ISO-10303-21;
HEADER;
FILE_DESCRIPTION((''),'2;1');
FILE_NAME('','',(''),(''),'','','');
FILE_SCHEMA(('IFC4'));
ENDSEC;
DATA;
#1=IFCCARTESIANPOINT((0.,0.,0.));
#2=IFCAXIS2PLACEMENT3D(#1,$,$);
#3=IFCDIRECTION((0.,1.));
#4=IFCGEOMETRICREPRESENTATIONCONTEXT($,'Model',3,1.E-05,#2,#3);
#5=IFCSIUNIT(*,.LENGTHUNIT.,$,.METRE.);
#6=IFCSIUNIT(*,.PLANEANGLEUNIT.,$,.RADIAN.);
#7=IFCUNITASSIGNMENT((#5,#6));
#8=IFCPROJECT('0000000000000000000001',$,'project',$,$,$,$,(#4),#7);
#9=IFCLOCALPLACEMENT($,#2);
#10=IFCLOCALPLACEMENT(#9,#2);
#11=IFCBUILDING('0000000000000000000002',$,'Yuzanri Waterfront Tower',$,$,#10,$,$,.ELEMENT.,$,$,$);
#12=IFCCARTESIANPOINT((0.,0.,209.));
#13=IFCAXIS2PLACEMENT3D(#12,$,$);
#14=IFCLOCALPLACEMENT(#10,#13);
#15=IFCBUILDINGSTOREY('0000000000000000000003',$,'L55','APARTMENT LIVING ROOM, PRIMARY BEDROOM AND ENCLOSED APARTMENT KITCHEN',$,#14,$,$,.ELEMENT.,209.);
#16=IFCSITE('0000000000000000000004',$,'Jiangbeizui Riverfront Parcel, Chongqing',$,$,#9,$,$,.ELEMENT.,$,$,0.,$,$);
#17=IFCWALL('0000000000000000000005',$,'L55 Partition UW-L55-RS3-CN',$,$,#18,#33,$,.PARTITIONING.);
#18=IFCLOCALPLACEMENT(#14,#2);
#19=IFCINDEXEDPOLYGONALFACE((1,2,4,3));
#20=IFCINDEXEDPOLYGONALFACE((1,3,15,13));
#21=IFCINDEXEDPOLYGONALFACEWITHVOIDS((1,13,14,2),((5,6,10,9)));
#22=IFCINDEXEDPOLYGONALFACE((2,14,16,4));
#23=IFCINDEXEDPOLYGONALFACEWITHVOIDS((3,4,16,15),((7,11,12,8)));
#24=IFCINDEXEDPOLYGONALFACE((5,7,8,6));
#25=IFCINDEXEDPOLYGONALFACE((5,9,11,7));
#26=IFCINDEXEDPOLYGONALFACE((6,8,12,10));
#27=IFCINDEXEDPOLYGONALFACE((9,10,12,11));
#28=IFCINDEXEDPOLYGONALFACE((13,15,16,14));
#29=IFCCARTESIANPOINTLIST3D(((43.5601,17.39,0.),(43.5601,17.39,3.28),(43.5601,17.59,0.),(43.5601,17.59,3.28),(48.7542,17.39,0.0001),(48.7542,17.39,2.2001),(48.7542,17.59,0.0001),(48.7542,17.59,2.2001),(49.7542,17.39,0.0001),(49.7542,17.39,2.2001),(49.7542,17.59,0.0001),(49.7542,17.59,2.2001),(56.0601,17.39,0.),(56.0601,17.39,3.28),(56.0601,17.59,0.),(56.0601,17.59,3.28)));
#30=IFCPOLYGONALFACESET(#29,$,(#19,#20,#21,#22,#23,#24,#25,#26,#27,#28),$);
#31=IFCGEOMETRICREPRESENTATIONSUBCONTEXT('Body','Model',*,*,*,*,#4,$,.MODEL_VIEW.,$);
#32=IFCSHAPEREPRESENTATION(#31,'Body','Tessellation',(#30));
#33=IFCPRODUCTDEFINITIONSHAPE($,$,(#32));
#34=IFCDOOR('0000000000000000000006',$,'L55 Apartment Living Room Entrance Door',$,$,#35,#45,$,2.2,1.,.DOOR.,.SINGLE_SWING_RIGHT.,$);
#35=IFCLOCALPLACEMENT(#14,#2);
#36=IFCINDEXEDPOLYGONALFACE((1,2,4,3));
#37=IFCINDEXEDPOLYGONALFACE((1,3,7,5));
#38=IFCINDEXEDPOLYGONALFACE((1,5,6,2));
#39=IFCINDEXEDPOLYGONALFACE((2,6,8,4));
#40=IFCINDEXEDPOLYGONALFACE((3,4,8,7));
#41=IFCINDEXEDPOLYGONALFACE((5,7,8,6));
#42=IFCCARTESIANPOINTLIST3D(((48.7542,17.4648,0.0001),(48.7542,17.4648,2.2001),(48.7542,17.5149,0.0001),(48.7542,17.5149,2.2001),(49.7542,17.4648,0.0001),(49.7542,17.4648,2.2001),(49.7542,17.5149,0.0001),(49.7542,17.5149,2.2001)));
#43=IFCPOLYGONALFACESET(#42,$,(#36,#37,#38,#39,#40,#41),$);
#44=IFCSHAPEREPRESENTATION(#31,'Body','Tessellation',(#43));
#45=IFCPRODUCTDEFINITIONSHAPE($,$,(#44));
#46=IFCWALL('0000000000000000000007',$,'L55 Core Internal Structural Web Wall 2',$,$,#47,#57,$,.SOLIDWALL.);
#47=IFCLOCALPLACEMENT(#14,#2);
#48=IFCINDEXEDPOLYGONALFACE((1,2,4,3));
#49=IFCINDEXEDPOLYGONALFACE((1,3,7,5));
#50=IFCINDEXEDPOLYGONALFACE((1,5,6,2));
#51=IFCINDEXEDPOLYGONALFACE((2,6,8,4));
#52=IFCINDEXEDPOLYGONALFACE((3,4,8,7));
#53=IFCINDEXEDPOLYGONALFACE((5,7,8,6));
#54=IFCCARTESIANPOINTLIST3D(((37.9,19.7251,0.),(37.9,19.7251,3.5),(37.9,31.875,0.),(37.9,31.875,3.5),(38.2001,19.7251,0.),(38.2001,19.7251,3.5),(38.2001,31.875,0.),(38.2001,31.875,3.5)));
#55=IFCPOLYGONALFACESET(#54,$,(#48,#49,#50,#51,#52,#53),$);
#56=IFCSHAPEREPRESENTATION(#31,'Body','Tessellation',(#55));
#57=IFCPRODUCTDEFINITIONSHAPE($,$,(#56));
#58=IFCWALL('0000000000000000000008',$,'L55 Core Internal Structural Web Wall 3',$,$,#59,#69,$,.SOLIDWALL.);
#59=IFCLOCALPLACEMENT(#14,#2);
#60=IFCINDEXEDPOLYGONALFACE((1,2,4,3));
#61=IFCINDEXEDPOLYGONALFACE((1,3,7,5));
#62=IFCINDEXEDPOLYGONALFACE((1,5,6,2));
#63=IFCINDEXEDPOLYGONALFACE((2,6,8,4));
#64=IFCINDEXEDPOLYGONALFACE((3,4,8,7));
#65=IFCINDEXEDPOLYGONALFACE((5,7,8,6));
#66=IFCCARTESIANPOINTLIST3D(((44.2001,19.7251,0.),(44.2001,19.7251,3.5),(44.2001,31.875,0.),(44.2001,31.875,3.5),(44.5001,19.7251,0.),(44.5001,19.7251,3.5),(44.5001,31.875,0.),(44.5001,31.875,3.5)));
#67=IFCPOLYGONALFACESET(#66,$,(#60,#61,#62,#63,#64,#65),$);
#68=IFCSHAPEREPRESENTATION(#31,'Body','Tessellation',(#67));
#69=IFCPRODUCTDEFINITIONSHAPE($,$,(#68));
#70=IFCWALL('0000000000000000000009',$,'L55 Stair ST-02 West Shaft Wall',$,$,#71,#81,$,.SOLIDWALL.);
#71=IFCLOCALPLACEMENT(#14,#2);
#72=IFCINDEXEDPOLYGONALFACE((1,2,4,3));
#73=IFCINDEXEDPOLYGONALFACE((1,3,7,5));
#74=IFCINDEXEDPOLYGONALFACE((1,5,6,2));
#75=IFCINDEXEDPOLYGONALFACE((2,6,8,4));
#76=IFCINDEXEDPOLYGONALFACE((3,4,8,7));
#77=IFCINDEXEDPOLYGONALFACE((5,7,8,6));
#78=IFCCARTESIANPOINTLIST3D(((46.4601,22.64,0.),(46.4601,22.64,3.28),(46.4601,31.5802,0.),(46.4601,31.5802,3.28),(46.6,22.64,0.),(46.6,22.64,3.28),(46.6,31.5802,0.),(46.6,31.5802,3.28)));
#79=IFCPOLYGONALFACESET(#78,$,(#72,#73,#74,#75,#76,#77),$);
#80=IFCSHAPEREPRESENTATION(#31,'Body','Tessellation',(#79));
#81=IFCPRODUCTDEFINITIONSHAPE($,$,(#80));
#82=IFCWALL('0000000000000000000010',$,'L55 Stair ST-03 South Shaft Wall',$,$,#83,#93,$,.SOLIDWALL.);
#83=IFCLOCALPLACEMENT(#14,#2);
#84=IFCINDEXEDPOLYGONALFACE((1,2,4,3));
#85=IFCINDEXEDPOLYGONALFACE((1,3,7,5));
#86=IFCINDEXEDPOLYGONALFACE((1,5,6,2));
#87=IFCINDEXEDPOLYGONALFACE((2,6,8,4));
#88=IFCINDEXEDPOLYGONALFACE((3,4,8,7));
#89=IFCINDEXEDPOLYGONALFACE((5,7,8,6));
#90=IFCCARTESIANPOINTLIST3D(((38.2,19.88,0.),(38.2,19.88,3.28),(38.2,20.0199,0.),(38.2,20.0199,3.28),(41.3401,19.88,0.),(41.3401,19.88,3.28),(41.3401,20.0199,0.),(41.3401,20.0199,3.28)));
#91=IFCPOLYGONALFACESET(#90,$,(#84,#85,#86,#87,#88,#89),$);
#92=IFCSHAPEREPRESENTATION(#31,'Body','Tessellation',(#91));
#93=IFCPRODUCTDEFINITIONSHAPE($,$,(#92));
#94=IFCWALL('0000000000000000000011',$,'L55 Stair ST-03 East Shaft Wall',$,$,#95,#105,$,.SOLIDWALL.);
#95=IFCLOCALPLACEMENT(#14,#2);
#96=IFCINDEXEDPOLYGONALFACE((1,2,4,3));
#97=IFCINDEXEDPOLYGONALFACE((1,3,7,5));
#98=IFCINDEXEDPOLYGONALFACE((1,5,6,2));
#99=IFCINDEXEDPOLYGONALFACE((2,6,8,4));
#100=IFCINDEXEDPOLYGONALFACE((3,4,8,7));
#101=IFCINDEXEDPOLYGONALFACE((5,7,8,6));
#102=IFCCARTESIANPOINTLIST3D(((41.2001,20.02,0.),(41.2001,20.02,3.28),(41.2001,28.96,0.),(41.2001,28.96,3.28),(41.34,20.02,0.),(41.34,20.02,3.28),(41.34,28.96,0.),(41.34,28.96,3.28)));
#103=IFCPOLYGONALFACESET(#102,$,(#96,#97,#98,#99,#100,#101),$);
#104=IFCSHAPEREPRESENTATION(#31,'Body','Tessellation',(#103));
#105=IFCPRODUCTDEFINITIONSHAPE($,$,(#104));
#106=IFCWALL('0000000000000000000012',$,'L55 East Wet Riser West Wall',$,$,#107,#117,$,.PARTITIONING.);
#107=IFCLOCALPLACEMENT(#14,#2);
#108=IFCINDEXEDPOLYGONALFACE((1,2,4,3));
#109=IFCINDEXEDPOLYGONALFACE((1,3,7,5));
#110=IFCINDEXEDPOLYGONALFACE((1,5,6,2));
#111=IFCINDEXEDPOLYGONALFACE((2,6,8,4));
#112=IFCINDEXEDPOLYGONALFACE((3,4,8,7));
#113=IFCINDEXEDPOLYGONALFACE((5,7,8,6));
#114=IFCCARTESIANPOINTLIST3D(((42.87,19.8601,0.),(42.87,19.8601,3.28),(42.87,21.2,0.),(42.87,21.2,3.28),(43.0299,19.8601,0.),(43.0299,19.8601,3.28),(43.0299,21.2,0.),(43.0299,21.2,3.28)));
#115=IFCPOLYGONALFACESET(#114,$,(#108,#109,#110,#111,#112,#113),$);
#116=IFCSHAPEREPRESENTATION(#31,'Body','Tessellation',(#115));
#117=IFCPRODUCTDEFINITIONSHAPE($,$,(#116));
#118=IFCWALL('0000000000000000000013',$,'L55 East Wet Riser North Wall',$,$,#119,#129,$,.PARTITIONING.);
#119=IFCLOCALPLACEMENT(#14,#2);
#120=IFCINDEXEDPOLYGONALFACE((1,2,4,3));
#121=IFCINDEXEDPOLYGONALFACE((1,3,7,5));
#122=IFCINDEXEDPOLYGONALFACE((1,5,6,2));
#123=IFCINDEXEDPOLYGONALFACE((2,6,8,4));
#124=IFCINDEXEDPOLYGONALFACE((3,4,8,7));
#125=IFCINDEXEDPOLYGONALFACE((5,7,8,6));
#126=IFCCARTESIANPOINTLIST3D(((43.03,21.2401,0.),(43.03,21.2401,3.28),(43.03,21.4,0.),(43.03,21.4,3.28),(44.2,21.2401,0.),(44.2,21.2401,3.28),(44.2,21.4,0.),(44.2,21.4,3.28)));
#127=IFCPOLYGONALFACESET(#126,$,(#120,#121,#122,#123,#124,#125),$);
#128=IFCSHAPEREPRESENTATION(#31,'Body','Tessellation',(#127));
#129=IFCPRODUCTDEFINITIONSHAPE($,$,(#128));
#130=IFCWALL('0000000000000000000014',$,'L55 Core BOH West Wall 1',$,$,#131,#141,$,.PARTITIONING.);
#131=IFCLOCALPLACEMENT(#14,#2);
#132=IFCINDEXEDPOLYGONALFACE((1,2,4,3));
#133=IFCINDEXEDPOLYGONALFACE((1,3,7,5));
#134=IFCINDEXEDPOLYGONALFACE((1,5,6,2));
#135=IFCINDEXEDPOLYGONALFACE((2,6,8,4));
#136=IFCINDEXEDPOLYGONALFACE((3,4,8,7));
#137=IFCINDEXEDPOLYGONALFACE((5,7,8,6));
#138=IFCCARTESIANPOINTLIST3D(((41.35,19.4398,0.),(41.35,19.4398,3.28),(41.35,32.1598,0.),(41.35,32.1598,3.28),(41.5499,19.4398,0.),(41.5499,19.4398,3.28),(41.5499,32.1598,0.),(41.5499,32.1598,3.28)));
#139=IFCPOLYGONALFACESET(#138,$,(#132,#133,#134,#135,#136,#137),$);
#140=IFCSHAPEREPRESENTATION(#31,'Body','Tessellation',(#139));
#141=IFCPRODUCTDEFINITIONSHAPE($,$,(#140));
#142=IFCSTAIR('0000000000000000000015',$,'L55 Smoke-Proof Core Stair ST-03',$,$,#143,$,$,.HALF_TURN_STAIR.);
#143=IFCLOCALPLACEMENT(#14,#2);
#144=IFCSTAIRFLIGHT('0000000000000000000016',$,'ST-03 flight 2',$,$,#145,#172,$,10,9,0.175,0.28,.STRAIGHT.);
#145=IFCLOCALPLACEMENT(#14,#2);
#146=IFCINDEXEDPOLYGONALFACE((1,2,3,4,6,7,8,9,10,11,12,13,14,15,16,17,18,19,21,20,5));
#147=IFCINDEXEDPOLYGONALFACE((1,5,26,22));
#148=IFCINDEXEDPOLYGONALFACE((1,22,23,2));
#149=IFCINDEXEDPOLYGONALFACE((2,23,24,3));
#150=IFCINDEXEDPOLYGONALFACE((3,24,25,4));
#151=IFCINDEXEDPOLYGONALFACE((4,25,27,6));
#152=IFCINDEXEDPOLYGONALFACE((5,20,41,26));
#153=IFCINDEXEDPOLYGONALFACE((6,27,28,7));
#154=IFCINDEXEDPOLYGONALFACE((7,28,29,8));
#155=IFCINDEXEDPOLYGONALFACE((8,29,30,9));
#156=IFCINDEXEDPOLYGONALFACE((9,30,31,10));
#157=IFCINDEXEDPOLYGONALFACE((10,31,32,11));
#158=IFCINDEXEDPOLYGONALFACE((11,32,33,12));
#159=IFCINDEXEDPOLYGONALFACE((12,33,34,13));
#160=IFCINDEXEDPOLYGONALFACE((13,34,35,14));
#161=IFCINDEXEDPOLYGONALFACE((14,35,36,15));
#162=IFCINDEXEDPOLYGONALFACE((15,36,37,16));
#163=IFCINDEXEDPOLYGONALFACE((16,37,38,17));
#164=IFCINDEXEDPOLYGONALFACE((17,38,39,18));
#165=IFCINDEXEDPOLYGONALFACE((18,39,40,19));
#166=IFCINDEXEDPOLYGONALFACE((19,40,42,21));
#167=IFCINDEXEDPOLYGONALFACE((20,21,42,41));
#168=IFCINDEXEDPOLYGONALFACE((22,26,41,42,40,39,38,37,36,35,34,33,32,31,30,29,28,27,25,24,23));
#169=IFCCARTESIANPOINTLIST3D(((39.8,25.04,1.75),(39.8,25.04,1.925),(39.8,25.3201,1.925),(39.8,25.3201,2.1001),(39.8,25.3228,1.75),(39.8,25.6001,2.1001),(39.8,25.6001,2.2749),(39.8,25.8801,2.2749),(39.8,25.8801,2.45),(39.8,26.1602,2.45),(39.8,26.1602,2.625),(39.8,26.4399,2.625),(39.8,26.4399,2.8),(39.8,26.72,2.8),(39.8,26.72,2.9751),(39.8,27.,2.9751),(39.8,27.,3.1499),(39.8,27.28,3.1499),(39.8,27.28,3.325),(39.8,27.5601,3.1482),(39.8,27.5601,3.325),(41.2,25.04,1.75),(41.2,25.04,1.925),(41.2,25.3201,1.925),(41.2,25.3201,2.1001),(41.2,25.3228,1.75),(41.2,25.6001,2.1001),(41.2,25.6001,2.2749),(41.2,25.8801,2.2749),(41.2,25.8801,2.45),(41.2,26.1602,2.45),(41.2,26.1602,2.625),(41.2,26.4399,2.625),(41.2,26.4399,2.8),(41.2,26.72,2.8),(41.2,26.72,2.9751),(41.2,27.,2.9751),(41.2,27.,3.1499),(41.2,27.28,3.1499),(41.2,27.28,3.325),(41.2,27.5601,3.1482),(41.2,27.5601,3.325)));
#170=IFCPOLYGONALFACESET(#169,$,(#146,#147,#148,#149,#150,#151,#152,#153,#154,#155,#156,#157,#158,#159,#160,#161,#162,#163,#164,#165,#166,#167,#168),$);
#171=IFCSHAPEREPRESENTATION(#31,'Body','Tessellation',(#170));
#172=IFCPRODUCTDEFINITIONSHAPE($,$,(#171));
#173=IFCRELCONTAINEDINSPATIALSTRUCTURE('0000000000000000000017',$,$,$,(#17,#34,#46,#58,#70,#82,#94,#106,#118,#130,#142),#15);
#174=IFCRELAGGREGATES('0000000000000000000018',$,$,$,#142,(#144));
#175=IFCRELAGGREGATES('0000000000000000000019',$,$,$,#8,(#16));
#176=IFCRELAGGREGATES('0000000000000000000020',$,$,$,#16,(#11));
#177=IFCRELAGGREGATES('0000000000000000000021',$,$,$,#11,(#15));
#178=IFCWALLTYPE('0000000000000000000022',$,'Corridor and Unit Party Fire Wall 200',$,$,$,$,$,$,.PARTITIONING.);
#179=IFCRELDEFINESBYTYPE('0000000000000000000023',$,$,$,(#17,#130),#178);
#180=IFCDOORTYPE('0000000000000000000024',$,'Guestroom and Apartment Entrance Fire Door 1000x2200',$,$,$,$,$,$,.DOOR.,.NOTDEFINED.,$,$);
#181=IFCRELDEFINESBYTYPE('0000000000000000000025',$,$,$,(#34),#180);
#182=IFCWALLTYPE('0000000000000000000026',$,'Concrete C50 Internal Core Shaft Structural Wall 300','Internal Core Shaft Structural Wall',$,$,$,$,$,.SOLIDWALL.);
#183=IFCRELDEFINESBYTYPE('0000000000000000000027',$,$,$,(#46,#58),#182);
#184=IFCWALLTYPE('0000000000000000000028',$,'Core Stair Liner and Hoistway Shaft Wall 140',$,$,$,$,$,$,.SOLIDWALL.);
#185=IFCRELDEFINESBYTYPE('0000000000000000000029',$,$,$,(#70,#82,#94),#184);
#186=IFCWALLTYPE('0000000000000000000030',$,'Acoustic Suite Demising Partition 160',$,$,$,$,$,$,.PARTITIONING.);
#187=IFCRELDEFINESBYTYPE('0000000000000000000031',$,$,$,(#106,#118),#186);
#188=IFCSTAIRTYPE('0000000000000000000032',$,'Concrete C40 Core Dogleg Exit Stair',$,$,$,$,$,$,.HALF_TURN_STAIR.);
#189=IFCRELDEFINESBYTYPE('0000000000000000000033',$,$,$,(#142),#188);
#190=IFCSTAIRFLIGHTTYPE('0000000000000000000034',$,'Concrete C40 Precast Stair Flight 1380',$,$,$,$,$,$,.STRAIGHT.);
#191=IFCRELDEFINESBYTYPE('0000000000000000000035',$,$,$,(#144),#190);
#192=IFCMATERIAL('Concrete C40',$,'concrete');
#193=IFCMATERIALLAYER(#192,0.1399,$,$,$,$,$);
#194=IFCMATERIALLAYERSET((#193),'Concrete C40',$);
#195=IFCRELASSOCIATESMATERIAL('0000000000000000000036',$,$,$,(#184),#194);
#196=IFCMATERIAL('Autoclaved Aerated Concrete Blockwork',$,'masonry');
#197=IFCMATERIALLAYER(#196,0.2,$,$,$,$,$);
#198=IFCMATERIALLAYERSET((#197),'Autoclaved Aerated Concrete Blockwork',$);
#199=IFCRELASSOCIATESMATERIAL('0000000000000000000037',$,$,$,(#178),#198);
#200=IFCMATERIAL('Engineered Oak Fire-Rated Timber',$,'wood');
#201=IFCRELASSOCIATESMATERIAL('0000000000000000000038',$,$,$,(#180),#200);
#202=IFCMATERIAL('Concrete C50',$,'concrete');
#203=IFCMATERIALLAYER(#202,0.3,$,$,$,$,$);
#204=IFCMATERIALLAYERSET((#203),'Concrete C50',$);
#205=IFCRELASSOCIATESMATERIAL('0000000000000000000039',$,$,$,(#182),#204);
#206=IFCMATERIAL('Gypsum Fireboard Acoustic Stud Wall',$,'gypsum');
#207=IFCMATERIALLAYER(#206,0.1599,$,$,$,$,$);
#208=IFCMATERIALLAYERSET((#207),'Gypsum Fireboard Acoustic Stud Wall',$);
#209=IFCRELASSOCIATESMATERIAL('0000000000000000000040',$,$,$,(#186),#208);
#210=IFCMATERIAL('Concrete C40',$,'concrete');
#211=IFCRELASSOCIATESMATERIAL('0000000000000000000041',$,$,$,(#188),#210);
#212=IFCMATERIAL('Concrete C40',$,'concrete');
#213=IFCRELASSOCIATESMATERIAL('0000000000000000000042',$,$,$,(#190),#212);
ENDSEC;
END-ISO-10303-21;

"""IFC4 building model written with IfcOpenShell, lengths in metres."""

from ifc_helpers import new_model, si_unit, direction, frame, frame_2d, origin, place, context, subcontext, project, spatial, polyline, rectangle, outline, extrude, source, transform, mapped, material, layer, layer_set, type_object, element, fill, aggregate, save


model = new_model("IFC4")

# Units and contexts
model_context = context("Model", 3, precision=1e-05, world=origin(), true_north=direction((0.0, 1.0)))
body_context = subcontext(model_context, "Body", "Model", "MODEL_VIEW")
ifc_project = project(units=[si_unit("LENGTHUNIT", "METRE"), si_unit("PLANEANGLEUNIT", "RADIAN")], contexts=[model_context])

# Site, building, storey
site_placement = place(None, origin())
site = spatial("IfcSite", under=ifc_project, at=site_placement, Name="Jiangbeizui Riverfront Parcel, Chongqing", CompositionType="ELEMENT", RefElevation=0.0)
building_placement = place(site_placement, origin())
building = spatial("IfcBuilding", under=site, at=building_placement, Name="Yuzanri Waterfront Tower", CompositionType="ELEMENT")
storey_placement = place(building_placement, frame((0.0, 0.0, 209.0)))
storey = spatial("IfcBuildingStorey", under=building, at=storey_placement, Name="L55", Description="APARTMENT LIVING ROOM, PRIMARY BEDROOM AND ENCLOSED APARTMENT KITCHEN", CompositionType="ELEMENT", Elevation=209.0)

# Wall, opening, door
ifc_material_1 = material(Name="Concrete C40", Category="concrete")
ifc_layer_1 = layer(ifc_material_1, 0.1399)
ifc_layer_set_1 = layer_set([ifc_layer_1], Name="Concrete C40")
wall_type_1 = type_object("IfcWallType", Name="Core Stair Liner and Hoistway Shaft Wall 140", PredefinedType="SOLIDWALL", material=ifc_layer_set_1)
ifc_material_2 = material(Name="Autoclaved Aerated Concrete Blockwork", Category="masonry")
ifc_layer_2 = layer(ifc_material_2, 0.2)
ifc_layer_set_2 = layer_set([ifc_layer_2], Name="Autoclaved Aerated Concrete Blockwork")
wall_type_2 = type_object("IfcWallType", Name="Corridor and Unit Party Fire Wall 200", PredefinedType="PARTITIONING", material=ifc_layer_set_2)
wall_1_placement = place(storey_placement, frame((43.5601, 17.49, 0.0), z_axis=(0.0, 0.0, 1.0), x_axis=(1.0, 0.0, 0.0)))
wall_1 = element("IfcWall", 1, at=wall_1_placement, inside=storey, type_object=wall_type_2, Name="L55 Partition UW-L55-RS3-CN", PredefinedType="PARTITIONING", context=body_context, shape_type="SweptSolid", body=[
    extrude(rectangle(XDim=12.5, YDim=0.2, at=frame_2d((6.25, 0.0))), origin(), (0.0, 0.0, 1.0), 3.28),
])
opening_1_placement = place(wall_1_placement, frame((5.1941, 0.0, 0.0)))
opening_1 = element("IfcOpeningElement", 2, at=opening_1_placement, cuts=wall_1, PredefinedType="OPENING", context=body_context, shape_type="SweptSolid", body=[
    extrude(rectangle(XDim=1.0, YDim=2.2, at=frame_2d((0.5, 1.1001))), frame((0.0, 0.1147, 0.0), z_axis=(0.0, -1.0, 0.0), x_axis=(1.0, 0.0, 0.0)), (0.0, 0.0, 1.0), 0.2297),
])
ifc_material_3 = material(Name="Engineered Oak Fire-Rated Timber", Category="wood")
door_type_1 = type_object("IfcDoorType", Name="Guestroom and Apartment Entrance Fire Door 1000x2200", OperationType="NOTDEFINED", PredefinedType="DOOR", material=ifc_material_3)
shared_shape_1 = source(origin(), body_context, "Body", "SweptSolid", [
    extrude(rectangle(XDim=1.0, YDim=2.2, at=frame_2d((0.5, 1.1001))), frame((0.0, 0.0249, 0.0), z_axis=(0.0, -1.0, 0.0), x_axis=(1.0, 0.0, 0.0)), (0.0, 0.0, 1.0), 0.05),
])
door_1_placement = place(opening_1_placement, origin())
door_1 = element("IfcDoor", 3, at=door_1_placement, inside=storey, type_object=door_type_1, Name="L55 Apartment Living Room Entrance Door", OperationType="SINGLE_SWING_RIGHT", OverallHeight=2.2, OverallWidth=1.0, PredefinedType="DOOR", context=body_context, shape_type="MappedRepresentation", body=[
    mapped(shared_shape_1, transform((0.0, 0.0, 0.0), scale=1.0)),
])
fill(opening_1, door_1)

# Walls
ifc_material_4 = material(Name="Concrete C50", Category="concrete")
ifc_layer_3 = layer(ifc_material_4, 0.3)
ifc_layer_set_3 = layer_set([ifc_layer_3], Name="Concrete C50")
wall_type_3 = type_object("IfcWallType", Name="Concrete C50 Internal Core Shaft Structural Wall 300", Description="Internal Core Shaft Structural Wall", PredefinedType="SOLIDWALL", material=ifc_layer_set_3)
shared_shape_2 = source(origin(), body_context, "Body", "SweptSolid", [
    extrude(rectangle(XDim=12.1499, YDim=0.3, at=frame_2d((6.075, 0.0))), origin(), (0.0, 0.0, 1.0), 3.5),
])
for number, where, z_axis, x_axis, name in (
    (4, (38.05, 19.7251, 0.0), (0.0, 0.0, 1.0), (0.0, 1.0, 0.0), "L55 Core Internal Structural Web Wall 2"),
    (5, (44.3501, 19.7251, 0.0), (0.0, 0.0, 1.0), (0.0, 1.0, 0.0), "L55 Core Internal Structural Web Wall 3"),
):
    element("IfcWall", number, at=place(storey_placement, frame(where, z_axis=z_axis, x_axis=x_axis)), inside=storey, type_object=wall_type_3, Name=name, PredefinedType="SOLIDWALL", context=body_context, shape_type="MappedRepresentation", body=[
        mapped(shared_shape_2, transform((0.0, 0.0, 0.0), scale=1.0)),
    ])
shared_shape_3 = source(origin(), body_context, "Body", "SweptSolid", [
    extrude(rectangle(XDim=8.9402, YDim=0.1399, at=frame_2d((4.4702, 0.0))), origin(), (0.0, 0.0, 1.0), 3.28),
])
wall_2_placement = place(storey_placement, frame((46.53, 22.6399, 0.0), z_axis=(0.0, 0.0, 1.0), x_axis=(0.0, 1.0, 0.0)))
element("IfcWall", 6, at=wall_2_placement, inside=storey, type_object=wall_type_1, Name="L55 Stair ST-02 West Shaft Wall", PredefinedType="SOLIDWALL", context=body_context, shape_type="MappedRepresentation", body=[
    mapped(shared_shape_3, transform((0.0, 0.0, 0.0), scale=1.0)),
])
shared_shape_4 = source(origin(), body_context, "Body", "SweptSolid", [
    extrude(rectangle(XDim=3.1401, YDim=0.1399, at=frame_2d((1.5701, 0.0))), origin(), (0.0, 0.0, 1.0), 3.28),
])
wall_3_placement = place(storey_placement, frame((38.2, 19.95, 0.0), z_axis=(0.0, 0.0, 1.0), x_axis=(1.0, 0.0, 0.0)))
element("IfcWall", 7, at=wall_3_placement, inside=storey, type_object=wall_type_1, Name="L55 Stair ST-03 South Shaft Wall", PredefinedType="SOLIDWALL", context=body_context, shape_type="MappedRepresentation", body=[
    mapped(shared_shape_4, transform((0.0, 0.0, 0.0), scale=1.0)),
])
shared_shape_5 = source(origin(), body_context, "Body", "SweptSolid", [
    extrude(rectangle(XDim=8.9399, YDim=0.1399, at=frame_2d((4.47, 0.0))), origin(), (0.0, 0.0, 1.0), 3.28),
])
wall_4_placement = place(storey_placement, frame((41.27, 20.02, 0.0), z_axis=(0.0, 0.0, 1.0), x_axis=(0.0, 1.0, 0.0)))
element("IfcWall", 8, at=wall_4_placement, inside=storey, type_object=wall_type_1, Name="L55 Stair ST-03 East Shaft Wall", PredefinedType="SOLIDWALL", context=body_context, shape_type="MappedRepresentation", body=[
    mapped(shared_shape_5, transform((0.0, 0.0, 0.0), scale=1.0)),
])
ifc_material_5 = material(Name="Gypsum Fireboard Acoustic Stud Wall", Category="gypsum")
ifc_layer_4 = layer(ifc_material_5, 0.1599)
ifc_layer_set_4 = layer_set([ifc_layer_4], Name="Gypsum Fireboard Acoustic Stud Wall")
wall_type_4 = type_object("IfcWallType", Name="Acoustic Suite Demising Partition 160", PredefinedType="PARTITIONING", material=ifc_layer_set_4)
shared_shape_6 = source(origin(), body_context, "Body", "SweptSolid", [
    extrude(rectangle(XDim=1.3398, YDim=0.1599, at=frame_2d((0.6699, 0.0))), origin(), (0.0, 0.0, 1.0), 3.28),
])
wall_5_placement = place(storey_placement, frame((42.95, 19.8601, 0.0), z_axis=(0.0, 0.0, 1.0), x_axis=(0.0, 1.0, 0.0)))
element("IfcWall", 9, at=wall_5_placement, inside=storey, type_object=wall_type_4, Name="L55 East Wet Riser West Wall", PredefinedType="PARTITIONING", context=body_context, shape_type="MappedRepresentation", body=[
    mapped(shared_shape_6, transform((0.0, 0.0, 0.0), scale=1.0)),
])
shared_shape_7 = source(origin(), body_context, "Body", "SweptSolid", [
    extrude(rectangle(XDim=1.1699, YDim=0.1599, at=frame_2d((0.585, 0.0))), origin(), (0.0, 0.0, 1.0), 3.28),
])
wall_6_placement = place(storey_placement, frame((43.03, 21.3201, 0.0), z_axis=(0.0, 0.0, 1.0), x_axis=(1.0, 0.0, 0.0)))
element("IfcWall", 10, at=wall_6_placement, inside=storey, type_object=wall_type_4, Name="L55 East Wet Riser North Wall", PredefinedType="PARTITIONING", context=body_context, shape_type="MappedRepresentation", body=[
    mapped(shared_shape_7, transform((0.0, 0.0, 0.0), scale=1.0)),
])
shared_shape_8 = source(origin(), body_context, "Body", "SweptSolid", [
    extrude(rectangle(XDim=12.72, YDim=0.2, at=frame_2d((6.3599, 0.0))), origin(), (0.0, 0.0, 1.0), 3.28),
])
wall_7_placement = place(storey_placement, frame((41.45, 19.4399, 0.0), z_axis=(0.0, 0.0, 1.0), x_axis=(0.0, 1.0, 0.0)))
element("IfcWall", 11, at=wall_7_placement, inside=storey, type_object=wall_type_2, Name="L55 Core BOH West Wall 1", PredefinedType="PARTITIONING", context=body_context, shape_type="MappedRepresentation", body=[
    mapped(shared_shape_8, transform((0.0, 0.0, 0.0), scale=1.0)),
])

# Stair, stair flight
ifc_material_6 = material(Name="Concrete C40", Category="concrete")
stair_type = type_object("IfcStairType", Name="Concrete C40 Core Dogleg Exit Stair", PredefinedType="HALF_TURN_STAIR", material=ifc_material_6)
stair_placement = place(storey_placement, origin())
stair = element("IfcStair", 12, at=stair_placement, inside=storey, type_object=stair_type, Name="L55 Smoke-Proof Core Stair ST-03", PredefinedType="HALF_TURN_STAIR")
ifc_material_7 = material(Name="Concrete C40", Category="concrete")
stair_flight_type = type_object("IfcStairFlightType", Name="Concrete C40 Precast Stair Flight 1380", PredefinedType="STRAIGHT", material=ifc_material_7)
shared_shape_9 = source(origin(), body_context, "Body", "SweptSolid", [
    extrude(outline(polyline([(0.0, 0.0), (0.0, 0.175), (0.28, 0.175), (0.28, 0.3501), (0.5601, 0.3501), (0.5601, 0.5249), (0.8401, 0.5249), (0.8401, 0.7), (1.1201, 0.7), (1.1201, 0.875), (1.3999, 0.875), (1.3999, 1.05), (1.6799, 1.05), (1.6799, 1.2251), (1.96, 1.2251), (1.96, 1.3999), (2.24, 1.3999), (2.24, 1.575), (2.52, 1.575), (2.52, 1.75), (2.52, 1.3982), (0.2827, 0.0), (0.0, 0.0)])), frame((0.0, 0.7, 0.0), z_axis=(0.0, -1.0, 0.0), x_axis=(1.0, 0.0, 0.0)), (0.0, 0.0, 1.0), 1.3999),
])
stair_flight_placement = place(storey_placement, frame((40.5, 25.04, 1.75), z_axis=(0.0, 0.0, 1.0), x_axis=(0.0, 1.0, 0.0)))
stair_flight = element("IfcStairFlight", 13, at=stair_flight_placement, type_object=stair_flight_type, Name="ST-03 flight 2", NumberOfRisers=10, NumberOfTreads=9, PredefinedType="STRAIGHT", RiserHeight=0.175, TreadLength=0.28, context=body_context, shape_type="MappedRepresentation", body=[
    mapped(shared_shape_9, transform((0.0, 0.0, 0.0), scale=1.0)),
])
aggregate(stair, [stair_flight])

save(model, "model.ifc")
